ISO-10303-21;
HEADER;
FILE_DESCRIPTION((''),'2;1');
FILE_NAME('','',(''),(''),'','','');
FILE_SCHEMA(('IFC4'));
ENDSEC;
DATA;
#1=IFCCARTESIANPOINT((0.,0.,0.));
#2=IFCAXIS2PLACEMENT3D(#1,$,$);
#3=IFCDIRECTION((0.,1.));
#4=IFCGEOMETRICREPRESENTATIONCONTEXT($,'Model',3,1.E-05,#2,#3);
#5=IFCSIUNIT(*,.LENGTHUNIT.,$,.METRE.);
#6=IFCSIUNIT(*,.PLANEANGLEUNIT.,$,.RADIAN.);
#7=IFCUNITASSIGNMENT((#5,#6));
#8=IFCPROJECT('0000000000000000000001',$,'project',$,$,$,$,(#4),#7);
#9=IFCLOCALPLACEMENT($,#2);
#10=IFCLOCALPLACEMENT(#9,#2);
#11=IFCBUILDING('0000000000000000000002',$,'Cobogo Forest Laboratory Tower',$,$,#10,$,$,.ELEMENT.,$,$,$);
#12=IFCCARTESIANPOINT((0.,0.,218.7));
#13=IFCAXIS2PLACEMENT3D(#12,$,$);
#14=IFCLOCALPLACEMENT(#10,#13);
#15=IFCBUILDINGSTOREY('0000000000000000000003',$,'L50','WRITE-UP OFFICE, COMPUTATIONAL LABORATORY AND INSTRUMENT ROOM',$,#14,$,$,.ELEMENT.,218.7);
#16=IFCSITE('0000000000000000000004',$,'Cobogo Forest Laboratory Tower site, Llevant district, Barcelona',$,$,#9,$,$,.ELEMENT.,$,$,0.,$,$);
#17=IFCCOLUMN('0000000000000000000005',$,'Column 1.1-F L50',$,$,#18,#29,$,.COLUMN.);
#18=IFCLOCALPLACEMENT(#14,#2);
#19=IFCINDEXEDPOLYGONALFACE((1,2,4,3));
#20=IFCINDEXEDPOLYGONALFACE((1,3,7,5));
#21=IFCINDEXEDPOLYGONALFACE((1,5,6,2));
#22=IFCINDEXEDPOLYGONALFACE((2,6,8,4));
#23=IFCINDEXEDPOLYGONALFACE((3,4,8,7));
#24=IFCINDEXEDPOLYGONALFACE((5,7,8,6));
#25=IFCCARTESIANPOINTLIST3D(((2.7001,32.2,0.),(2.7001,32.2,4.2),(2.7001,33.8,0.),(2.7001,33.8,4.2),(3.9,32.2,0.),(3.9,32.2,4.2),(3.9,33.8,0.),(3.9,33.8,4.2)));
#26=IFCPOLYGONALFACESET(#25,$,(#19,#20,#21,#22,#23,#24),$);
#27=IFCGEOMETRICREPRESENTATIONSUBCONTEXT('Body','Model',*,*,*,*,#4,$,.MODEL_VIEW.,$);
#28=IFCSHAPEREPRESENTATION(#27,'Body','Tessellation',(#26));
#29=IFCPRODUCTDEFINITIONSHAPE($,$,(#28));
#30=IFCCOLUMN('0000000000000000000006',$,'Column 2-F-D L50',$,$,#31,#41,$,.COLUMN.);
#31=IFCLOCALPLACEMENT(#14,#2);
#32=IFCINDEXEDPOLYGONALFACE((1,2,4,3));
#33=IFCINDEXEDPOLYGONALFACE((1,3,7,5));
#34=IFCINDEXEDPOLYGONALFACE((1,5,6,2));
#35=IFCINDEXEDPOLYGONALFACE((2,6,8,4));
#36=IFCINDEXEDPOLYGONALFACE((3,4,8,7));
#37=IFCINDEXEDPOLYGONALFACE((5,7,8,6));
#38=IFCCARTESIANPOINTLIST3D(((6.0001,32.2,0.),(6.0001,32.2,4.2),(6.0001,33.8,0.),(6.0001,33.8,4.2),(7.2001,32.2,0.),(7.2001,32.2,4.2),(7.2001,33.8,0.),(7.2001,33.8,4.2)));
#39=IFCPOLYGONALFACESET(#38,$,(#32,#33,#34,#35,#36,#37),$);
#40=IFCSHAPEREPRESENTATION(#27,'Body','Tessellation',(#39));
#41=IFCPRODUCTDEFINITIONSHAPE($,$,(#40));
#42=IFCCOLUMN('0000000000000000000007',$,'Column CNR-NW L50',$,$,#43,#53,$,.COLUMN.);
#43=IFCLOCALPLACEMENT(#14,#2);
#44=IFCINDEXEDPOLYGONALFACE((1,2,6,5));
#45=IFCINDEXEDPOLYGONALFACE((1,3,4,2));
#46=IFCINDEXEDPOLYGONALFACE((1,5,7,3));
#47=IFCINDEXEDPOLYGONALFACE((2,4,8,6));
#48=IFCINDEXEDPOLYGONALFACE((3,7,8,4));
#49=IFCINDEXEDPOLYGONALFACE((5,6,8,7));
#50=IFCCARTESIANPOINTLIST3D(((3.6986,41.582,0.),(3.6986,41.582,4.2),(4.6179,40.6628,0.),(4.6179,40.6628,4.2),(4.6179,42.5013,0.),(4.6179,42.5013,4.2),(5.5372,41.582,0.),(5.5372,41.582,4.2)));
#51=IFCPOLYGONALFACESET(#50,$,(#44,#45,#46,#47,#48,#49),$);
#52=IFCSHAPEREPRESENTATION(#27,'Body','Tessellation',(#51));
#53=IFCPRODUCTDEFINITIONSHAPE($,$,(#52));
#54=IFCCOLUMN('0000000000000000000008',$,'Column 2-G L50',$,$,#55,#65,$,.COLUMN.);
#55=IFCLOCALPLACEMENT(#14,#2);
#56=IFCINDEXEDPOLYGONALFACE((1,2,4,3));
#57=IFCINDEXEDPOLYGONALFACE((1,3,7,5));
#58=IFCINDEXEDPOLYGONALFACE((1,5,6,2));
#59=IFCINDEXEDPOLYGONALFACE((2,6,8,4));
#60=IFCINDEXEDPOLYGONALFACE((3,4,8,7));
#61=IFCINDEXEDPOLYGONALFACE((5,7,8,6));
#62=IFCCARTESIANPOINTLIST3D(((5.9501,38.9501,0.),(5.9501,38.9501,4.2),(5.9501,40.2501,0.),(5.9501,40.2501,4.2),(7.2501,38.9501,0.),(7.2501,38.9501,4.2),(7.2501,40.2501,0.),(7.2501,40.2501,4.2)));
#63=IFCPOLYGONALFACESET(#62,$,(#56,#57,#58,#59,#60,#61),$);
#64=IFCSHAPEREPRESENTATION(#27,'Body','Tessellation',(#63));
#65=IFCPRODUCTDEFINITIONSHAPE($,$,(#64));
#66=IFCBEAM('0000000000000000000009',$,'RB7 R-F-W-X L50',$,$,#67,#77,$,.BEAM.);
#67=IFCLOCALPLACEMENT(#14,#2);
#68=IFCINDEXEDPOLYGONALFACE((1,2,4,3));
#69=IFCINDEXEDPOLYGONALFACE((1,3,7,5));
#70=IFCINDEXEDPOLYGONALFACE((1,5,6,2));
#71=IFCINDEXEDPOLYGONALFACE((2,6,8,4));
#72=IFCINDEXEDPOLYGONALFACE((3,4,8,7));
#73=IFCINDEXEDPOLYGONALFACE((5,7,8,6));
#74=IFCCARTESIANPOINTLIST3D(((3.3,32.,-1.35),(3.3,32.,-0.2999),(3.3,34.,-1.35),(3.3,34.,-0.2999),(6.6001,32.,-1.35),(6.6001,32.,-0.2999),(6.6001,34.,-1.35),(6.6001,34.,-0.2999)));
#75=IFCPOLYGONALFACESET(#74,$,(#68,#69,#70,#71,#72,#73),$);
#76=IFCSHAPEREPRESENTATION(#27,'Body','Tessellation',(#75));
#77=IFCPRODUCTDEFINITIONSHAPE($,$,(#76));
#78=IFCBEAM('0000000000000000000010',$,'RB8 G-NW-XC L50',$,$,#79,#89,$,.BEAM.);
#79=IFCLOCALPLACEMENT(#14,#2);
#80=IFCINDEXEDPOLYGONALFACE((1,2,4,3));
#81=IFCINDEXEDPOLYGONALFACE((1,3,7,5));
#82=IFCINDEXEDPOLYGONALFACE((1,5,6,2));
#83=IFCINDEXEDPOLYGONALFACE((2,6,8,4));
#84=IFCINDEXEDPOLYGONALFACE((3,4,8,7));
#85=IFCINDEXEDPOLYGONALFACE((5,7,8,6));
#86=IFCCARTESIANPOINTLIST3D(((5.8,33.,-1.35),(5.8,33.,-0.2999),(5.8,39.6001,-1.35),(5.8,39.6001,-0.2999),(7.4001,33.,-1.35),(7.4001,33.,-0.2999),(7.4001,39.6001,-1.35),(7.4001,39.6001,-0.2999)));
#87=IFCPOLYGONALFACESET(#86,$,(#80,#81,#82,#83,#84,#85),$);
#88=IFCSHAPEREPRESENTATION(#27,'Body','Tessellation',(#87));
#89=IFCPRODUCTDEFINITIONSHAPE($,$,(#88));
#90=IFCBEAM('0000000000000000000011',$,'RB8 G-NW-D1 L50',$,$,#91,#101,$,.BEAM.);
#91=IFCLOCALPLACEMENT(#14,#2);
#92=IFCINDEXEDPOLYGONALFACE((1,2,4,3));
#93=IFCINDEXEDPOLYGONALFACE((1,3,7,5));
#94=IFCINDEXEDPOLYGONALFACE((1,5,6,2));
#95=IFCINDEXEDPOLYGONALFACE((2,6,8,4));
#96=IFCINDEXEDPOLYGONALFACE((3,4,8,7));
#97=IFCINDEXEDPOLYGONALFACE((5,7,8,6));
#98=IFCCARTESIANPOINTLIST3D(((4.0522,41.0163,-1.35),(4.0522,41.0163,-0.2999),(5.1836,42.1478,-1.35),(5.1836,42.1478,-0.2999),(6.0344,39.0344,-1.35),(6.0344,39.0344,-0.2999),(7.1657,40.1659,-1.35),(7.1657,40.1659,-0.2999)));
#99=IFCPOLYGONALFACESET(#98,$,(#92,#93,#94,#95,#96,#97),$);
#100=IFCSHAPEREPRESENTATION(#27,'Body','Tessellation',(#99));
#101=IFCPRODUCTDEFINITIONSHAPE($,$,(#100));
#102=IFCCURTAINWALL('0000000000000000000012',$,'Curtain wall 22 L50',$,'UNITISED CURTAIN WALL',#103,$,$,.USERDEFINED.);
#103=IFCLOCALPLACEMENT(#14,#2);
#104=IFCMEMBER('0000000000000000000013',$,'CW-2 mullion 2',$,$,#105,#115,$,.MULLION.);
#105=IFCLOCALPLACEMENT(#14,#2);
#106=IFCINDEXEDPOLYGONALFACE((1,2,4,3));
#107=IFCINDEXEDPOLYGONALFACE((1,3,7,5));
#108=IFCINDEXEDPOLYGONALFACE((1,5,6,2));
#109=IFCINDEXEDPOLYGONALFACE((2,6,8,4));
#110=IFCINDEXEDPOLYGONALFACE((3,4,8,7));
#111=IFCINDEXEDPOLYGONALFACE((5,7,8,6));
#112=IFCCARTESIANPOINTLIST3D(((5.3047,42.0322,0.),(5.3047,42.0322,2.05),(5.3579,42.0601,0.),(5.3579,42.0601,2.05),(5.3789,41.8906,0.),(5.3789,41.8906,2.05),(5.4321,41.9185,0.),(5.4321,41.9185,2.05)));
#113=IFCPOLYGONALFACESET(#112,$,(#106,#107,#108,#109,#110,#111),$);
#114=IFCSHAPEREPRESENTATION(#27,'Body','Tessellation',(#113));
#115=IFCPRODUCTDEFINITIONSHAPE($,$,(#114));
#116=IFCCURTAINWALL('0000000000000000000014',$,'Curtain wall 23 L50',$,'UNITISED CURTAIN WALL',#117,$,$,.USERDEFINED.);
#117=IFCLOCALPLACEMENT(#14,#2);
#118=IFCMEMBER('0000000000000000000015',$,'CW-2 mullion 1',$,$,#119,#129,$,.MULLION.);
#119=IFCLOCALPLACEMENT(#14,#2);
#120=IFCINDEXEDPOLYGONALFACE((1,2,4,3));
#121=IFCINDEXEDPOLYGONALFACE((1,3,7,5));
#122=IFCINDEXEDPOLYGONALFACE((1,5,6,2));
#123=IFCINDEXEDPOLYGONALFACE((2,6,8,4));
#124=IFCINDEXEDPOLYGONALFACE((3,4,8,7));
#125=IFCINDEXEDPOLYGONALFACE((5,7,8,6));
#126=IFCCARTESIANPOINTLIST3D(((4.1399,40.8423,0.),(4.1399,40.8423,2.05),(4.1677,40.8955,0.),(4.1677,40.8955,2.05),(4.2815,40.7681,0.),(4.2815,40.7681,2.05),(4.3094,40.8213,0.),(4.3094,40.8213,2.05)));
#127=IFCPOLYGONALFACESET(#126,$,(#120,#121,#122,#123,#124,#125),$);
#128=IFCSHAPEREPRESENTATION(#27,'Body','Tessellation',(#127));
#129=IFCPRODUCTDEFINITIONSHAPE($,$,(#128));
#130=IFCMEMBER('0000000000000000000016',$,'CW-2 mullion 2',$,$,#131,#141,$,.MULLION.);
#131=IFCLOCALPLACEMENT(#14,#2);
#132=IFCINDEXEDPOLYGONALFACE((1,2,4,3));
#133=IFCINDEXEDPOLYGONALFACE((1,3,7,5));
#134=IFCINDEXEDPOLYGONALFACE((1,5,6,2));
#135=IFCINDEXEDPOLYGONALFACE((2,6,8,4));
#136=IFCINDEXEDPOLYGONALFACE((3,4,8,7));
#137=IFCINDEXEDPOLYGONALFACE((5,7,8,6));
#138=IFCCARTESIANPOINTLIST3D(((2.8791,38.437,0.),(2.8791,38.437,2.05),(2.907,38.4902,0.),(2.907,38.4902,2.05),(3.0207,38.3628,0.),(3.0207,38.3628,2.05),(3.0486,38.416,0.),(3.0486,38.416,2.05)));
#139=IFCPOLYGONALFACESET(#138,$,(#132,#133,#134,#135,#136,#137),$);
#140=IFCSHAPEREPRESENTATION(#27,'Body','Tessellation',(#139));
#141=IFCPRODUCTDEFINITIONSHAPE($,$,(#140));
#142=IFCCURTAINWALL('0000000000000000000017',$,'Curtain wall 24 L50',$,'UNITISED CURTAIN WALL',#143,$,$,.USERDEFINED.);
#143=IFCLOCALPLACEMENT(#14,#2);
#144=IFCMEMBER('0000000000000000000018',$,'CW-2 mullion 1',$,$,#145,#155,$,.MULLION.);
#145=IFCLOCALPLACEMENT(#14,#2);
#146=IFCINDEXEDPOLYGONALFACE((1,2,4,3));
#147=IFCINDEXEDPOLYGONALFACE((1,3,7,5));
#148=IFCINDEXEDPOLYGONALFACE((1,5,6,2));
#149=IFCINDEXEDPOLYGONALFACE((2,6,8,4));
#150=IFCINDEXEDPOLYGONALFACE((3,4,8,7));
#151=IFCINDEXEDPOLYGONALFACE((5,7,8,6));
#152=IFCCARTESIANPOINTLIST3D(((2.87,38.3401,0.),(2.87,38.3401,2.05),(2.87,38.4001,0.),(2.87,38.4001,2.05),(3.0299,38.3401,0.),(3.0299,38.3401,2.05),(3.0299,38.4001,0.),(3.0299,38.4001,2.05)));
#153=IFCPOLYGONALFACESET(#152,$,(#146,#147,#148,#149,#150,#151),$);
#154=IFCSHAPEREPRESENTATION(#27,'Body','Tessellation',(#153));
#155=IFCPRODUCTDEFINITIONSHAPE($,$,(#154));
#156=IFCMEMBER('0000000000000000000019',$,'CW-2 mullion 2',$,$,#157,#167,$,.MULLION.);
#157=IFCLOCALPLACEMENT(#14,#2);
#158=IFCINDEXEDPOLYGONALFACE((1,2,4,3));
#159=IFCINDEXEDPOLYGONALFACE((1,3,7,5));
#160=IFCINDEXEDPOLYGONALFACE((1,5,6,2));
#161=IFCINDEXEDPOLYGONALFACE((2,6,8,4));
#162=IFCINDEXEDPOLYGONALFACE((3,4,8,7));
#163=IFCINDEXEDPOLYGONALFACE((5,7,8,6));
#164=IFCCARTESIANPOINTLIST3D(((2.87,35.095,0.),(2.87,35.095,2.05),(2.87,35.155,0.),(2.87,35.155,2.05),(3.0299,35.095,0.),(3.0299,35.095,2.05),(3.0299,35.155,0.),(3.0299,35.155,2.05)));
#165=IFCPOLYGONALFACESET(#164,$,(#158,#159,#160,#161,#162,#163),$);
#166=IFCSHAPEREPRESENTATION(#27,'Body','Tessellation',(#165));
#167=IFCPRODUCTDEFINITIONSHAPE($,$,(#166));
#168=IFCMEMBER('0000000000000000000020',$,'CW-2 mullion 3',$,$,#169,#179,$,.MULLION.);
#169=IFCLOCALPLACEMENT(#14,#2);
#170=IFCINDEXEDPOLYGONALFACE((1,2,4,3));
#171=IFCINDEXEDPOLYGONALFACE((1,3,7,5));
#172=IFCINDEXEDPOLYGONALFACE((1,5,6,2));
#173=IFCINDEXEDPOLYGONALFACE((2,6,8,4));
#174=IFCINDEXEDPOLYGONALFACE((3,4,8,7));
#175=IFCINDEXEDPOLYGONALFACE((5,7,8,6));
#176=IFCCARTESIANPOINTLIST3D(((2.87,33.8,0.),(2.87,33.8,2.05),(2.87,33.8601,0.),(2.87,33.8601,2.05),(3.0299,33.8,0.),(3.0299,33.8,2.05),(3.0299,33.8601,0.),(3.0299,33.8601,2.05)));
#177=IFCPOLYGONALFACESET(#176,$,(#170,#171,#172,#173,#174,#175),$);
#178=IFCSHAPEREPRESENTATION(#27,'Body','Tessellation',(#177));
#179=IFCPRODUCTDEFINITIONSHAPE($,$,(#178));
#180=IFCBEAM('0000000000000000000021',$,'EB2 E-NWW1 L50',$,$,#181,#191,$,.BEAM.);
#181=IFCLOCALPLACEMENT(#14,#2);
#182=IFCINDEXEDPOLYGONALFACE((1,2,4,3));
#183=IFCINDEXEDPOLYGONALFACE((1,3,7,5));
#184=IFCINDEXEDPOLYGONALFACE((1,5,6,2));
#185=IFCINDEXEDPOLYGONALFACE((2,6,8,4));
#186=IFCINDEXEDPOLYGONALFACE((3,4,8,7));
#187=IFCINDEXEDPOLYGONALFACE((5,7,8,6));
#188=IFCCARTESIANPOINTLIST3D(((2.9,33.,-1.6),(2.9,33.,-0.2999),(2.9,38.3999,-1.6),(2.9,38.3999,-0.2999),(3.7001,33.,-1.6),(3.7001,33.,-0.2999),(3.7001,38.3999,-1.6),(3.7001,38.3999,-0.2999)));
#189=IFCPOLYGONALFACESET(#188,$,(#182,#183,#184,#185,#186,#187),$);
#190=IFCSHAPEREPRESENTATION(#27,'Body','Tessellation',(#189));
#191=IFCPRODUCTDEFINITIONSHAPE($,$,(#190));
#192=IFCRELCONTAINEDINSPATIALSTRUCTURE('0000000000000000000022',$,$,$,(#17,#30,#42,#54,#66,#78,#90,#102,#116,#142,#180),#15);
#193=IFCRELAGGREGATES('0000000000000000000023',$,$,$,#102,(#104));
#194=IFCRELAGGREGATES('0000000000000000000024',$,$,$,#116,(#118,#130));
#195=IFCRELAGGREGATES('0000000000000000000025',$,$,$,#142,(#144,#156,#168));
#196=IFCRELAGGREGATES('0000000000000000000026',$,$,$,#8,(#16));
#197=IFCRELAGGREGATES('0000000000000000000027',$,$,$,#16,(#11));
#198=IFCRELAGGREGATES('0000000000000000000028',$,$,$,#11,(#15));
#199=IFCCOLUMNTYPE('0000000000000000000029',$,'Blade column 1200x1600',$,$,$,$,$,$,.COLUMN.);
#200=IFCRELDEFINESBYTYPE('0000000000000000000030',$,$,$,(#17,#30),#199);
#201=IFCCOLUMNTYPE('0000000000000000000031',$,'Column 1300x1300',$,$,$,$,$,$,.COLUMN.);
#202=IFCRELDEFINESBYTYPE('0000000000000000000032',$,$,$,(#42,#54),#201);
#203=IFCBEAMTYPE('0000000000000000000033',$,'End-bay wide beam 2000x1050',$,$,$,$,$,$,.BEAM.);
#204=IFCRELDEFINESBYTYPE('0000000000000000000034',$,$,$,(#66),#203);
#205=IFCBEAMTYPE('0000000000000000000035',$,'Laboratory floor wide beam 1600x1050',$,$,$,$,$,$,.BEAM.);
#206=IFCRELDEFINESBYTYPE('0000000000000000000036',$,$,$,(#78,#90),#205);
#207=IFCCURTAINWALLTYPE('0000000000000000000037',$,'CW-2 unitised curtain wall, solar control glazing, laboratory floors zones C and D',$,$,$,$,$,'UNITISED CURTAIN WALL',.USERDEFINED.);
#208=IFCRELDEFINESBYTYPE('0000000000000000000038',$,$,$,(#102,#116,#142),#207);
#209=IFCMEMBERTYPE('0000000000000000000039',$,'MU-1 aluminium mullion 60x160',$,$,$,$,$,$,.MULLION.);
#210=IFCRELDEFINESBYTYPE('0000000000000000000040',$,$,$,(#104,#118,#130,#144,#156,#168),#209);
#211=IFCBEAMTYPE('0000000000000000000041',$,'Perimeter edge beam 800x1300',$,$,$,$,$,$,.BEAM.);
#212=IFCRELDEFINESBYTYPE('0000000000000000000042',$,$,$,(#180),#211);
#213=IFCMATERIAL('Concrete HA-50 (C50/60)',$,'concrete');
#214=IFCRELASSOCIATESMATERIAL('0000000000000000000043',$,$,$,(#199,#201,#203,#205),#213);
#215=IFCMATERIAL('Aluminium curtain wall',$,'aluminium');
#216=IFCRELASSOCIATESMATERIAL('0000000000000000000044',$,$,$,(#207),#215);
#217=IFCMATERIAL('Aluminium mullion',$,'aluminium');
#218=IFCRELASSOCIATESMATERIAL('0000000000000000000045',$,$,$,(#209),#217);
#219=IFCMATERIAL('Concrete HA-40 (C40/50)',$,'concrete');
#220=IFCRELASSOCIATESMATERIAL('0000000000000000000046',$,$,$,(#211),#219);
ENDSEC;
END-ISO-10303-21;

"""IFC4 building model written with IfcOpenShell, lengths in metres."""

from ifc_helpers import new_model, si_unit, direction, frame, origin, origin_2d, place, context, subcontext, project, spatial, rectangle, extrude, material, material_profile, profile_set, type_object, element, aggregate, save


model = new_model("IFC4")

# Units and contexts
model_context = context("Model", 3, precision=1e-05, world=origin(), true_north=direction((0.0, 1.0)))
body_context = subcontext(model_context, "Body", "Model", "MODEL_VIEW")
ifc_project = project(units=[si_unit("LENGTHUNIT", "METRE"), si_unit("PLANEANGLEUNIT", "RADIAN")], contexts=[model_context])

# Site, building, storey
site_placement = place(None, origin())
site = spatial("IfcSite", under=ifc_project, at=site_placement, Name="Cobogo Forest Laboratory Tower site, Llevant district, Barcelona", CompositionType="ELEMENT", RefElevation=0.0)
building_placement = place(site_placement, origin())
building = spatial("IfcBuilding", under=site, at=building_placement, Name="Cobogo Forest Laboratory Tower", CompositionType="ELEMENT")
storey_placement = place(building_placement, frame((0.0, 0.0, 218.7)))
storey = spatial("IfcBuildingStorey", under=building, at=storey_placement, Name="L50", Description="WRITE-UP OFFICE, COMPUTATIONAL LABORATORY AND INSTRUMENT ROOM", CompositionType="ELEMENT", Elevation=218.7)

# Columns
ifc_material_1 = material(Name="Concrete HA-50 (C50/60)", Category="concrete")
ifc_material_profile_1 = material_profile(ifc_material_1, rectangle(XDim=1.6001, YDim=1.2, at=origin_2d()), Name="RC 1200x1600")
ifc_profile_set_1 = profile_set([ifc_material_profile_1], Name="Concrete HA-50 (C50/60)")
column_type_1 = type_object("IfcColumnType", Name="Blade column 1200x1600", PredefinedType="COLUMN", material=ifc_profile_set_1)
for number, where, z_axis, x_axis, name in (
    (1, (3.3, 33.0, 0.0), (0.0, 0.0, 1.0), (0.0, 1.0, 0.0), "Column 1.1-F L50"),
    (2, (6.6001, 33.0, 0.0), (0.0, 0.0, 1.0), (0.0, 1.0, 0.0), "Column 2-F-D L50"),
):
    element("IfcColumn", number, at=place(storey_placement, frame(where, z_axis=z_axis, x_axis=x_axis)), inside=storey, type_object=column_type_1, Name=name, PredefinedType="COLUMN", context=body_context, shape_type="SweptSolid", body=[
        extrude(rectangle(XDim=1.6001, YDim=1.2, at=origin_2d()), origin(), (0.0, 0.0, 1.0), 4.2),
    ])
ifc_material_profile_2 = material_profile(ifc_material_1, rectangle(XDim=1.3, YDim=1.3, at=origin_2d()), Name="RC 1300x1300")
ifc_profile_set_2 = profile_set([ifc_material_profile_2], Name="Concrete HA-50 (C50/60)")
column_type_2 = type_object("IfcColumnType", Name="Column 1300x1300", PredefinedType="COLUMN", material=ifc_profile_set_2)
for number, where, z_axis, x_axis, name in (
    (3, (4.6179, 41.582, 0.0), (0.0, 0.0, 1.0), (0.707107, 0.707107, 0.0), "Column CNR-NW L50"),
    (4, (6.6001, 39.6001, 0.0), (0.0, 0.0, 1.0), (1.0, 0.0, 0.0), "Column 2-G L50"),
):
    element("IfcColumn", number, at=place(storey_placement, frame(where, z_axis=z_axis, x_axis=x_axis)), inside=storey, type_object=column_type_2, Name=name, PredefinedType="COLUMN", context=body_context, shape_type="SweptSolid", body=[
        extrude(rectangle(XDim=1.3, YDim=1.3, at=origin_2d()), origin(), (0.0, 0.0, 1.0), 4.2),
    ])

# Beams
ifc_material_profile_3 = material_profile(ifc_material_1, rectangle(XDim=2.0, YDim=1.05, at=origin_2d()), Name="RC 2000x1050")
ifc_profile_set_3 = profile_set([ifc_material_profile_3], Name="Concrete HA-50 (C50/60)")
beam_type_1 = type_object("IfcBeamType", Name="End-bay wide beam 2000x1050", PredefinedType="BEAM", material=ifc_profile_set_3)
beam_1_placement = place(storey_placement, frame((3.3, 33.0, -0.825), z_axis=(1.0, 0.0, 0.0), x_axis=(0.0, 1.0, 0.0)))
element("IfcBeam", 5, at=beam_1_placement, inside=storey, type_object=beam_type_1, Name="RB7 R-F-W-X L50", PredefinedType="BEAM", context=body_context, shape_type="SweptSolid", body=[
    extrude(rectangle(XDim=2.0, YDim=1.05, at=origin_2d()), origin(), (0.0, 0.0, 1.0), 3.3),
])
ifc_material_profile_4 = material_profile(ifc_material_1, rectangle(XDim=1.6001, YDim=1.05, at=origin_2d()), Name="RC 1600x1050")
ifc_profile_set_4 = profile_set([ifc_material_profile_4], Name="Concrete HA-50 (C50/60)")
beam_type_2 = type_object("IfcBeamType", Name="Laboratory floor wide beam 1600x1050", PredefinedType="BEAM", material=ifc_profile_set_4)
beam_2_placement = place(storey_placement, frame((6.6001, 39.6001, -0.825), z_axis=(0.0, -1.0, 0.0), x_axis=(1.0, 0.0, 0.0)))
element("IfcBeam", 6, at=beam_2_placement, inside=storey, type_object=beam_type_2, Name="RB8 G-NW-XC L50", PredefinedType="BEAM", context=body_context, shape_type="SweptSolid", body=[
    extrude(rectangle(XDim=1.6001, YDim=1.05, at=origin_2d()), origin(), (0.0, 0.0, 1.0), 6.6001),
])
beam_3_placement = place(storey_placement, frame((4.6179, 41.582, -0.825), z_axis=(0.70715, -0.707063, 0.0), x_axis=(0.707063, 0.70715, 0.0)))
element("IfcBeam", 7, at=beam_3_placement, inside=storey, type_object=beam_type_2, Name="RB8 G-NW-D1 L50", PredefinedType="BEAM", context=body_context, shape_type="SweptSolid", body=[
    extrude(rectangle(XDim=1.6001, YDim=1.05, at=origin_2d()), origin(), (0.0, 0.0, 1.0), 2.803),
])

# Curtain wall, member
ifc_material_2 = material(Name="Aluminium curtain wall", Category="aluminium")
curtain_wall_type = type_object("IfcCurtainWallType", Name="CW-2 unitised curtain wall, solar control glazing, laboratory floors zones C and D", ElementType="UNITISED CURTAIN WALL", PredefinedType="USERDEFINED", material=ifc_material_2)
curtain_wall_1_placement = place(storey_placement, origin())
curtain_wall_1 = element("IfcCurtainWall", 8, at=curtain_wall_1_placement, inside=storey, type_object=curtain_wall_type, Name="Curtain wall 22 L50", ObjectType="UNITISED CURTAIN WALL", PredefinedType="USERDEFINED")
ifc_material_3 = material(Name="Aluminium mullion", Category="aluminium")
ifc_material_profile_5 = material_profile(ifc_material_3, rectangle(XDim=0.0601, YDim=0.1599, at=origin_2d()), Name="AL 60x160")
ifc_profile_set_5 = profile_set([ifc_material_profile_5], Name="Aluminium mullion")
member_type_1 = type_object("IfcMemberType", Name="MU-1 aluminium mullion 60x160", PredefinedType="MULLION", material=ifc_profile_set_5)
member_1_placement = place(storey_placement, frame((5.3684, 41.9753, 0.0), z_axis=(0.0, 0.0, 1.0), x_axis=(-0.885687, -0.464284, 0.0)))
member_1 = element("IfcMember", 9, at=member_1_placement, type_object=member_type_1, Name="CW-2 mullion 2", PredefinedType="MULLION", context=body_context, shape_type="SweptSolid", body=[
    extrude(rectangle(XDim=0.0601, YDim=0.1599, at=origin_2d()), origin(), (0.0, 0.0, 1.0), 2.05),
])

# Curtain walls, members
curtain_wall_2_placement = place(storey_placement, origin())
curtain_wall_2 = element("IfcCurtainWall", 10, at=curtain_wall_2_placement, inside=storey, type_object=curtain_wall_type, Name="Curtain wall 23 L50", ObjectType="UNITISED CURTAIN WALL", PredefinedType="USERDEFINED")
member_2_placement = place(storey_placement, frame((4.2246, 40.8318, 0.0), z_axis=(0.0, 0.0, 1.0), x_axis=(-0.464284, -0.885687, 0.0)))
member_2 = element("IfcMember", 11, at=member_2_placement, type_object=member_type_1, Name="CW-2 mullion 1", PredefinedType="MULLION", context=body_context, shape_type="SweptSolid", body=[
    extrude(rectangle(XDim=0.0601, YDim=0.1599, at=origin_2d()), origin(), (0.0, 0.0, 1.0), 2.05),
])
member_3_placement = place(storey_placement, frame((2.9639, 38.4265, 0.0), z_axis=(0.0, 0.0, 1.0), x_axis=(-0.464284, -0.885687, 0.0)))
member_3 = element("IfcMember", 12, at=member_3_placement, type_object=member_type_1, Name="CW-2 mullion 2", PredefinedType="MULLION", context=body_context, shape_type="SweptSolid", body=[
    extrude(rectangle(XDim=0.0601, YDim=0.1599, at=origin_2d()), origin(), (0.0, 0.0, 1.0), 2.05),
])
curtain_wall_3_placement = place(storey_placement, origin())
curtain_wall_3 = element("IfcCurtainWall", 13, at=curtain_wall_3_placement, inside=storey, type_object=curtain_wall_type, Name="Curtain wall 24 L50", ObjectType="UNITISED CURTAIN WALL", PredefinedType="USERDEFINED")
member_4_placement = place(storey_placement, frame((2.95, 38.3701, 0.0), z_axis=(0.0, 0.0, 1.0), x_axis=(0.0, -1.0, 0.0)))
member_4 = element("IfcMember", 14, at=member_4_placement, type_object=member_type_1, Name="CW-2 mullion 1", PredefinedType="MULLION", context=body_context, shape_type="SweptSolid", body=[
    extrude(rectangle(XDim=0.0601, YDim=0.1599, at=origin_2d()), origin(), (0.0, 0.0, 1.0), 2.05),
])
member_5_placement = place(storey_placement, frame((2.95, 35.125, 0.0), z_axis=(0.0, 0.0, 1.0), x_axis=(0.0, -1.0, 0.0)))
member_5 = element("IfcMember", 15, at=member_5_placement, type_object=member_type_1, Name="CW-2 mullion 2", PredefinedType="MULLION", context=body_context, shape_type="SweptSolid", body=[
    extrude(rectangle(XDim=0.0601, YDim=0.1599, at=origin_2d()), origin(), (0.0, 0.0, 1.0), 2.05),
])
member_6_placement = place(storey_placement, frame((2.95, 33.8301, 0.0), z_axis=(0.0, 0.0, 1.0), x_axis=(0.0, -1.0, 0.0)))
member_6 = element("IfcMember", 16, at=member_6_placement, type_object=member_type_1, Name="CW-2 mullion 3", PredefinedType="MULLION", context=body_context, shape_type="SweptSolid", body=[
    extrude(rectangle(XDim=0.0601, YDim=0.1599, at=origin_2d()), origin(), (0.0, 0.0, 1.0), 2.05),
])

# Beam
ifc_material_4 = material(Name="Concrete HA-40 (C40/50)", Category="concrete")
ifc_material_profile_6 = material_profile(ifc_material_4, rectangle(XDim=0.8, YDim=1.3, at=origin_2d()), Name="RC 800x1300")
ifc_profile_set_6 = profile_set([ifc_material_profile_6], Name="Concrete HA-40 (C40/50)")
beam_type_3 = type_object("IfcBeamType", Name="Perimeter edge beam 800x1300", PredefinedType="BEAM", material=ifc_profile_set_6)
beam_4_placement = place(storey_placement, frame((3.3, 33.0, -0.95), z_axis=(0.0, 1.0, 0.0), x_axis=(-1.0, 0.0, 0.0)))
element("IfcBeam", 17, at=beam_4_placement, inside=storey, type_object=beam_type_3, Name="EB2 E-NWW1 L50", PredefinedType="BEAM", context=body_context, shape_type="SweptSolid", body=[
    extrude(rectangle(XDim=0.8, YDim=1.3, at=origin_2d()), origin(), (0.0, 0.0, 1.0), 5.3999),
])

aggregate(curtain_wall_1, [member_1])
aggregate(curtain_wall_2, [member_2, member_3])
aggregate(curtain_wall_3, [member_4, member_5, member_6])

save(model, "model.ifc")
